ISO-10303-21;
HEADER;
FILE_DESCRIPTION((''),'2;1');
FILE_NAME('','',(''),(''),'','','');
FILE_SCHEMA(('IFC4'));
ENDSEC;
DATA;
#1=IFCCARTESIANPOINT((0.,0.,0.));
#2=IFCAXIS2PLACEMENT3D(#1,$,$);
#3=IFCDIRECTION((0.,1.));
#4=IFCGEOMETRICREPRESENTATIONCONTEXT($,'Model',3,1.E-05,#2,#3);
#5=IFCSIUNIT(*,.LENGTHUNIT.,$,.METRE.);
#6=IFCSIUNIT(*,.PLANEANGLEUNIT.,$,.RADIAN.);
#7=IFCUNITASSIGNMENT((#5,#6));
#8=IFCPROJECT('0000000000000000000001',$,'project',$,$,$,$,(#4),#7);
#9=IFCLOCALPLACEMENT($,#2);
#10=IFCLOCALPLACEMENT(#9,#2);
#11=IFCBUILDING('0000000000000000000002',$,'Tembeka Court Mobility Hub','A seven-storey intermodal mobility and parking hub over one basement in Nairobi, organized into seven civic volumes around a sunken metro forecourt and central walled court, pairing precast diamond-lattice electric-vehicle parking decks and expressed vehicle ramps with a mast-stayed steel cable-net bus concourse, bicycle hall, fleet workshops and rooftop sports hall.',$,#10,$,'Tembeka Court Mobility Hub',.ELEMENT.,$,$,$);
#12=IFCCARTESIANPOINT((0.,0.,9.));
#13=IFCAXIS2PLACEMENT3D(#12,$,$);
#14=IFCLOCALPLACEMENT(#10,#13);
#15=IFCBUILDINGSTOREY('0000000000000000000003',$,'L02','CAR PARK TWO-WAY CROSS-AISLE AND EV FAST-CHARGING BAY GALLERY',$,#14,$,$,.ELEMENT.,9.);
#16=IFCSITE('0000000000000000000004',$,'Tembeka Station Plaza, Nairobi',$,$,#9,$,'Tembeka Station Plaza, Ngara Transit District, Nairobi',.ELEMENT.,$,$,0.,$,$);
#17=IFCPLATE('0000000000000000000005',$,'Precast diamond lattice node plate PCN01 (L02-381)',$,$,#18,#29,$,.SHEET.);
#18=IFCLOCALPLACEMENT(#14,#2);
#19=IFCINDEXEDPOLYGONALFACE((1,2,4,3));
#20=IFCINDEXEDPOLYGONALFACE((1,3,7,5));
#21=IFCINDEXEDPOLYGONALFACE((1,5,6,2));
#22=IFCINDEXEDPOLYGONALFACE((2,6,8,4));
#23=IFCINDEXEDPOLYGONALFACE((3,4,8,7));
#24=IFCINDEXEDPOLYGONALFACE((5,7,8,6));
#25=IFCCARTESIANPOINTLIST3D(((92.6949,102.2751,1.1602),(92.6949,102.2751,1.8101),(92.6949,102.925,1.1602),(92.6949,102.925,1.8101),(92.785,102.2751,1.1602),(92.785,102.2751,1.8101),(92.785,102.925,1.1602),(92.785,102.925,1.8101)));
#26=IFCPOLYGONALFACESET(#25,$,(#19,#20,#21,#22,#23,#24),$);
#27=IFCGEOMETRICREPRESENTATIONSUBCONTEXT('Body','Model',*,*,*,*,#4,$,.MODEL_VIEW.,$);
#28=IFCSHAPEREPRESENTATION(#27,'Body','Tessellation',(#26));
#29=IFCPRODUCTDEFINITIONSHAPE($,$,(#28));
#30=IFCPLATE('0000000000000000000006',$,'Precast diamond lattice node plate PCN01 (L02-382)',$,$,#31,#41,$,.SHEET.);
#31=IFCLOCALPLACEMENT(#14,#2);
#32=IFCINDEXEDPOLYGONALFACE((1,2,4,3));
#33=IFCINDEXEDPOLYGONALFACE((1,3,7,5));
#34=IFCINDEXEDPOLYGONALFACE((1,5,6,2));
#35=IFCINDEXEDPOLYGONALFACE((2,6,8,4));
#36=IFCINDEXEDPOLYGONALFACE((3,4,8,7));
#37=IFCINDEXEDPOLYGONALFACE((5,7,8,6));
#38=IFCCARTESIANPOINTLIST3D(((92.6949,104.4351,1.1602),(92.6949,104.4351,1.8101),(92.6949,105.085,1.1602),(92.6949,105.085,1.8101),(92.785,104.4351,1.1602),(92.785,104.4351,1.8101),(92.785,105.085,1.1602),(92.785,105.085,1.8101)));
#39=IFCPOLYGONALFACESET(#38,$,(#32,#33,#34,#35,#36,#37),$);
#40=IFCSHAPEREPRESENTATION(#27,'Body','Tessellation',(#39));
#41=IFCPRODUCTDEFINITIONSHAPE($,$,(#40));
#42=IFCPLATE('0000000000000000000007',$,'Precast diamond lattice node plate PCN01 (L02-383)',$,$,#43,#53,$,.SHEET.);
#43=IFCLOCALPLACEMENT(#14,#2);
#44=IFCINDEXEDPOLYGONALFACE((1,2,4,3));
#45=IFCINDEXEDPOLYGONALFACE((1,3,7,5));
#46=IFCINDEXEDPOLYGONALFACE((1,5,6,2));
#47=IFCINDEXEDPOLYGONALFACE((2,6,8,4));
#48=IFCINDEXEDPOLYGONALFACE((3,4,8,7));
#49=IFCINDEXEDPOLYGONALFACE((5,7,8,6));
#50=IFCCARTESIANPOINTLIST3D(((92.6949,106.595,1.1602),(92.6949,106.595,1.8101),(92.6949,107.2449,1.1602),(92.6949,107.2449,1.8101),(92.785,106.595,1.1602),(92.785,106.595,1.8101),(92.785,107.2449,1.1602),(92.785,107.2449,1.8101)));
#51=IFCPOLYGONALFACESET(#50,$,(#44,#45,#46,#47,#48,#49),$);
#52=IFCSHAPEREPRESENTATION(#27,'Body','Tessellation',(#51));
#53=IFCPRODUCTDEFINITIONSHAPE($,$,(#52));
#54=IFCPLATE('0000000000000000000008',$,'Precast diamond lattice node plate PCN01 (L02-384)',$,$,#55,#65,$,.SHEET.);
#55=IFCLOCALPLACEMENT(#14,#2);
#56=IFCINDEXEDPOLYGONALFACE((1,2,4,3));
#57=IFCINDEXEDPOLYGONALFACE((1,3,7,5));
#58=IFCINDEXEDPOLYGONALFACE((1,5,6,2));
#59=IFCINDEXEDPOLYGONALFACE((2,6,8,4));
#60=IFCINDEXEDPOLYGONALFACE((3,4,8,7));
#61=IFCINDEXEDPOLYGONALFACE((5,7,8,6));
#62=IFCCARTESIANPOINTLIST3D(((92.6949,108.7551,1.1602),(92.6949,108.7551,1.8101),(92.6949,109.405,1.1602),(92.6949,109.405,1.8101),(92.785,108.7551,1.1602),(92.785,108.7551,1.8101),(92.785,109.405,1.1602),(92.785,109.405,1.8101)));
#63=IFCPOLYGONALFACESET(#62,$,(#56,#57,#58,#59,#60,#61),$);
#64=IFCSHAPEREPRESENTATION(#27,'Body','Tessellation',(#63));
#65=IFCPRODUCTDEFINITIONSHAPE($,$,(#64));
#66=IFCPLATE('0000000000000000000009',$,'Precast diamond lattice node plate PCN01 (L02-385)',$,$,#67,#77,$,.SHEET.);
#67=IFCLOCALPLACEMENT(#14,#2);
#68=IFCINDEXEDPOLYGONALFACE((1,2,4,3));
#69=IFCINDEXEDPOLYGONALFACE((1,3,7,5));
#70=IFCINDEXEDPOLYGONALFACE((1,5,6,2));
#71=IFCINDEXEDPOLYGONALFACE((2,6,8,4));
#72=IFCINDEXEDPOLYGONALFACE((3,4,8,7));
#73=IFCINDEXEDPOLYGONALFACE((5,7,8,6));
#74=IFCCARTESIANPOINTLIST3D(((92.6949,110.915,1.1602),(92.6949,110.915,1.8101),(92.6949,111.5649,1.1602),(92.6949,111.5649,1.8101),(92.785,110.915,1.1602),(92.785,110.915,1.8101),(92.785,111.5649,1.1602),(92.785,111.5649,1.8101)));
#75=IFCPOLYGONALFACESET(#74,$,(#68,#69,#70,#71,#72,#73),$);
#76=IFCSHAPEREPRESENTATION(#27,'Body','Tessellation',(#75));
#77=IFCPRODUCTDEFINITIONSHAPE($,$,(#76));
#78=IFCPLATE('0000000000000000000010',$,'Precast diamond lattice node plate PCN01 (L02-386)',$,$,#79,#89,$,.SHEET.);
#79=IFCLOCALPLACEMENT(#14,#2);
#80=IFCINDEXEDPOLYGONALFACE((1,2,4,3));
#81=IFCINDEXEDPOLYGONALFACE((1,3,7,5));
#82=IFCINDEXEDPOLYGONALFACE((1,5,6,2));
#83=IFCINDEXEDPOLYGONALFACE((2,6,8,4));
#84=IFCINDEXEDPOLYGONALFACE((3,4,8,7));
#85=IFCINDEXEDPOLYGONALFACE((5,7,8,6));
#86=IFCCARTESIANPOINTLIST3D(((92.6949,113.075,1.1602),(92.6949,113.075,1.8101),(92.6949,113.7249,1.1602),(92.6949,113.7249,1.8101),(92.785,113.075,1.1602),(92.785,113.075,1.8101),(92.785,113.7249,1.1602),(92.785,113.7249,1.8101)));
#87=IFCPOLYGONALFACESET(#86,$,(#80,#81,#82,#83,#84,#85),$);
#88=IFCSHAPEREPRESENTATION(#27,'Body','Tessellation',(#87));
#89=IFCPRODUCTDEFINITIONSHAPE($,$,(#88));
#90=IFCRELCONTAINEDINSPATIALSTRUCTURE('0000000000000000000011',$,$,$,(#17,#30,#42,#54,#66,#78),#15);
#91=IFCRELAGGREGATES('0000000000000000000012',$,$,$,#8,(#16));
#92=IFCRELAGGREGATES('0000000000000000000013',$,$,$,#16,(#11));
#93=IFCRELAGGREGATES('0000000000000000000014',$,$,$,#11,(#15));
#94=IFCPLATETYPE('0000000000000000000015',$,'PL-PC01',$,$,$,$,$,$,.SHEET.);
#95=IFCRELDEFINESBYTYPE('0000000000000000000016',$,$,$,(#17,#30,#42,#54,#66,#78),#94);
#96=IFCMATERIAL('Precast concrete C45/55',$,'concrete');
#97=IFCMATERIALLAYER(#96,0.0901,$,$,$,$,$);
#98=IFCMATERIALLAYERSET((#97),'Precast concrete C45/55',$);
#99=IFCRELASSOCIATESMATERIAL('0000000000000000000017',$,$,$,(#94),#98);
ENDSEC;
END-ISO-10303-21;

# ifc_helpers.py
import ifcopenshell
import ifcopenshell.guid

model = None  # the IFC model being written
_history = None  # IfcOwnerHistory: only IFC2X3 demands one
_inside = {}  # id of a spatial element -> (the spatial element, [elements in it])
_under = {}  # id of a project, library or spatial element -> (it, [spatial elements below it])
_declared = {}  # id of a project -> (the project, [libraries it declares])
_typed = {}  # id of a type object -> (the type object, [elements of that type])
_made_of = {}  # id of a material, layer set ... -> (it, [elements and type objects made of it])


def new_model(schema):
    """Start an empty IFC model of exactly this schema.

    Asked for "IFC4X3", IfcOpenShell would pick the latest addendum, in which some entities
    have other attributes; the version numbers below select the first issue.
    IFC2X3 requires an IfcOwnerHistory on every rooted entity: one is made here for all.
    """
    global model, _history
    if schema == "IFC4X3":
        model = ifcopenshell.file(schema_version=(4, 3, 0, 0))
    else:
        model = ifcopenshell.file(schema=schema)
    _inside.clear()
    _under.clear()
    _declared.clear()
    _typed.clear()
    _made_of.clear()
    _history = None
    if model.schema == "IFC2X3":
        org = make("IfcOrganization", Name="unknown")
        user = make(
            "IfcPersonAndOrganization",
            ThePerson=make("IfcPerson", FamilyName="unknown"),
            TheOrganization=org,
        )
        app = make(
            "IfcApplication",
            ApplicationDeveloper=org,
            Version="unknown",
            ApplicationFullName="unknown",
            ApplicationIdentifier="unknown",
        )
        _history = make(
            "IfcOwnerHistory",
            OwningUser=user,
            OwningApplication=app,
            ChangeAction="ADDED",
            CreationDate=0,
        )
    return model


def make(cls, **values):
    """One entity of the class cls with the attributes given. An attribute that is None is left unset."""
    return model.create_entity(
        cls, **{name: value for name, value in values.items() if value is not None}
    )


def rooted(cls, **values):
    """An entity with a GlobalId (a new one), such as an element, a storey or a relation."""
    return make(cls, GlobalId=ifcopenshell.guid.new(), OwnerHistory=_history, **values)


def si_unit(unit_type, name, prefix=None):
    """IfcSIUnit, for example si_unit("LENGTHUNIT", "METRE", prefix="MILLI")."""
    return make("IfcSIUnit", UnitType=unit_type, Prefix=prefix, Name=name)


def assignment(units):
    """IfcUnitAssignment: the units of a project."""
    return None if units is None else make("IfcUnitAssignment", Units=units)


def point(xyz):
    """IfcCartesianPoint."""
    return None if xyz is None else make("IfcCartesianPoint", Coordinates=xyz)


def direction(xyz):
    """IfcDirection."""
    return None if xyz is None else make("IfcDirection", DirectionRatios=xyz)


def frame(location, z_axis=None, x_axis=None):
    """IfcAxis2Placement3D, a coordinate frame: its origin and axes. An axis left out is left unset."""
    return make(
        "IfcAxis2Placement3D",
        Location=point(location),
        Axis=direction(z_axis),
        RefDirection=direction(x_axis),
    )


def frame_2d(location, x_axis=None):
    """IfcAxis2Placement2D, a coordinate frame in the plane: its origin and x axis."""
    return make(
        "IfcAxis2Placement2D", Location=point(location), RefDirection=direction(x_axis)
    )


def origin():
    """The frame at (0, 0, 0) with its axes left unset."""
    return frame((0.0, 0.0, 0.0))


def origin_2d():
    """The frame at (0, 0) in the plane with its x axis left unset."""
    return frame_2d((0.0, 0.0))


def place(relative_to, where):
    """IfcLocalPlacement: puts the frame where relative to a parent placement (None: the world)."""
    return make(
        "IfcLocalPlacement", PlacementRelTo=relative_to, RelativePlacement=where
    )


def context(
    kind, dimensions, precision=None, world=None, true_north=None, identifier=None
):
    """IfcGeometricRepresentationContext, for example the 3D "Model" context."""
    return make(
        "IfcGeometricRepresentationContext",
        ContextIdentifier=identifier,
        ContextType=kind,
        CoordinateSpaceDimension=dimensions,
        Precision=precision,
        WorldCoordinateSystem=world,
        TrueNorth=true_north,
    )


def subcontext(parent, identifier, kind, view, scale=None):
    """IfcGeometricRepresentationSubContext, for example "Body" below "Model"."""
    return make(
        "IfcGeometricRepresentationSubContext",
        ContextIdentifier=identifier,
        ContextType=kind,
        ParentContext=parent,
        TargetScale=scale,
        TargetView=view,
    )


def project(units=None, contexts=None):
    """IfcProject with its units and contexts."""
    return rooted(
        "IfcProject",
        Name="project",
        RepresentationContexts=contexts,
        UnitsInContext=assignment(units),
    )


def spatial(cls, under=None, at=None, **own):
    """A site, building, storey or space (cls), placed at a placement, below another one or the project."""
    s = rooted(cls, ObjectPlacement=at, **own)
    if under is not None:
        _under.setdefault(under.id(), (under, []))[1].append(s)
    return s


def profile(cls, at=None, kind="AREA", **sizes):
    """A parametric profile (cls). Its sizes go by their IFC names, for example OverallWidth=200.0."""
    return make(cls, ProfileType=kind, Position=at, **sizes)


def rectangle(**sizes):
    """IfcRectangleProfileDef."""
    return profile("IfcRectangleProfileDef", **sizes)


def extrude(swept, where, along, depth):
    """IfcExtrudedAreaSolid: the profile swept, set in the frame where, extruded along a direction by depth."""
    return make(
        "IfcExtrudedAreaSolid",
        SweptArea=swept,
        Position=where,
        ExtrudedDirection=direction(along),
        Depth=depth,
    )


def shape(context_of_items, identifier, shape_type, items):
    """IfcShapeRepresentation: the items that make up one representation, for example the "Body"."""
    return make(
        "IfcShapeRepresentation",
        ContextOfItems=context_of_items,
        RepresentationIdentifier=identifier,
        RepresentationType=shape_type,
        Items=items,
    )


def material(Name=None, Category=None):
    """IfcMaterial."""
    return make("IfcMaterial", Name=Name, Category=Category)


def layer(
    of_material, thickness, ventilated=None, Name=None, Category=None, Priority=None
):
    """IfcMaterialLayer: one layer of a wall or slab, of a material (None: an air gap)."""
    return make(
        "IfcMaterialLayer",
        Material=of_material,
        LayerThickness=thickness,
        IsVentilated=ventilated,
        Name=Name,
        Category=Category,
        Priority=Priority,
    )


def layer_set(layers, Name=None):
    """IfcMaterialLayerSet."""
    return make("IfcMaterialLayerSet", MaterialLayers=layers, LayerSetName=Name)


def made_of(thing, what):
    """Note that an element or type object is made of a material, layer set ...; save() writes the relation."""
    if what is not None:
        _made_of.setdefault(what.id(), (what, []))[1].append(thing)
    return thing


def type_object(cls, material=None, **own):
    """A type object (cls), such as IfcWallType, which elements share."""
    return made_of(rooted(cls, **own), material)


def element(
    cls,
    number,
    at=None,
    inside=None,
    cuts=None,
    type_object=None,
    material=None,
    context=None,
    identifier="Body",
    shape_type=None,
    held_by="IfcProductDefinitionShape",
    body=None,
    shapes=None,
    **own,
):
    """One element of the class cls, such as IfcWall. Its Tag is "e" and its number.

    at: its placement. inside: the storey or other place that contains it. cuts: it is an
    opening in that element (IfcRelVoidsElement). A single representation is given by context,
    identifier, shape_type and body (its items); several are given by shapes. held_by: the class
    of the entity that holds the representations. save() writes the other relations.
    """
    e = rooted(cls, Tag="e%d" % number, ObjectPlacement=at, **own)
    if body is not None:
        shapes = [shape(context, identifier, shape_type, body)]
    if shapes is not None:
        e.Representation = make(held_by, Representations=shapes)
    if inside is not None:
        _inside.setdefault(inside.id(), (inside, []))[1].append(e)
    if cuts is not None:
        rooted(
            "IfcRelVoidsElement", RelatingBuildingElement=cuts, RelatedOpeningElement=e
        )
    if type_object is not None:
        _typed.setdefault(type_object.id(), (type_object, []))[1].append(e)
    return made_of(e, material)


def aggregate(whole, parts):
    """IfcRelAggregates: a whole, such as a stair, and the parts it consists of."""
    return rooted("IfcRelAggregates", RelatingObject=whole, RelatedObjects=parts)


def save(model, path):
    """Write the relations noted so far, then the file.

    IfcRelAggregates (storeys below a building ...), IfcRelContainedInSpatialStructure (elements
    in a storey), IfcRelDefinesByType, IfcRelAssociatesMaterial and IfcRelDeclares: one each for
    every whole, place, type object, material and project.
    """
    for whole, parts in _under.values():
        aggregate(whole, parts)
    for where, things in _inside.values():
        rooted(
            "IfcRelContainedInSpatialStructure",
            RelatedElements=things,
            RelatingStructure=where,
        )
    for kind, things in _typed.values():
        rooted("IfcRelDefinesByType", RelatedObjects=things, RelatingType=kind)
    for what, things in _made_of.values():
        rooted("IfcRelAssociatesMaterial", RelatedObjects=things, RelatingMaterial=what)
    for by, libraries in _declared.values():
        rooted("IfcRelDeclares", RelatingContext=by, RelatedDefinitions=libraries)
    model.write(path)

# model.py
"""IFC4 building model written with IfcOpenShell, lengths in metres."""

from ifc_helpers import new_model, si_unit, direction, frame, origin, origin_2d, place, context, subcontext, project, spatial, rectangle, extrude, material, layer, layer_set, type_object, element, save


model = new_model("IFC4")

# Units and contexts
model_context = context("Model", 3, precision=1e-05, world=origin(), true_north=direction((0.0, 1.0)))
body_context = subcontext(model_context, "Body", "Model", "MODEL_VIEW")
ifc_project = project(units=[si_unit("LENGTHUNIT", "METRE"), si_unit("PLANEANGLEUNIT", "RADIAN")], contexts=[model_context])

# Site, building, storey
site_placement = place(None, origin())
site = spatial("IfcSite", under=ifc_project, at=site_placement, Name="Tembeka Station Plaza, Nairobi", LongName="Tembeka Station Plaza, Ngara Transit District, Nairobi", CompositionType="ELEMENT", RefElevation=0.0)
building_placement = place(site_placement, origin())
building = spatial("IfcBuilding", under=site, at=building_placement, Name="Tembeka Court Mobility Hub", Description="A seven-storey intermodal mobility and parking hub over one basement in Nairobi, organized into seven civic volumes around a sunken metro forecourt and central walled court, pairing precast diamond-lattice electric-vehicle parking decks and expressed vehicle ramps with a mast-stayed steel cable-net bus concourse, bicycle hall, fleet workshops and rooftop sports hall.", LongName="Tembeka Court Mobility Hub", CompositionType="ELEMENT")
storey_placement = place(building_placement, frame((0.0, 0.0, 9.0)))
storey = spatial("IfcBuildingStorey", under=building, at=storey_placement, Name="L02", Description="CAR PARK TWO-WAY CROSS-AISLE AND EV FAST-CHARGING BAY GALLERY", CompositionType="ELEMENT", Elevation=9.0)

# Shared definitions
ifc_material_1 = material(Name="Precast concrete C45/55", Category="concrete")

# Plates
ifc_layer = layer(ifc_material_1, 0.0901)
ifc_layer_set = layer_set([ifc_layer], Name="Precast concrete C45/55")
plate_type = type_object("IfcPlateType", Name="PL-PC01", PredefinedType="SHEET", material=ifc_layer_set)
for number, where, z_axis, x_axis, name in (
    (1, (92.74, 102.6001, 1.1602), (0.0, 0.0, 1.0), (1.0, 0.0, 0.0), "Precast diamond lattice node plate PCN01 (L02-381)"),
    (2, (92.74, 104.76, 1.1602), (0.0, 0.0, 1.0), (1.0, 0.0, 0.0), "Precast diamond lattice node plate PCN01 (L02-382)"),
    (3, (92.74, 106.9199, 1.1602), (0.0, 0.0, 1.0), (1.0, 0.0, 0.0), "Precast diamond lattice node plate PCN01 (L02-383)"),
    (4, (92.74, 109.0801, 1.1602), (0.0, 0.0, 1.0), (1.0, 0.0, 0.0), "Precast diamond lattice node plate PCN01 (L02-384)"),
    (5, (92.74, 111.24, 1.1602), (0.0, 0.0, 1.0), (1.0, 0.0, 0.0), "Precast diamond lattice node plate PCN01 (L02-385)"),
    (6, (92.74, 113.3999, 1.1602), (0.0, 0.0, 1.0), (1.0, 0.0, 0.0), "Precast diamond lattice node plate PCN01 (L02-386)"),
):
    element("IfcPlate", number, at=place(storey_placement, frame(where, z_axis=z_axis, x_axis=x_axis)), inside=storey, type_object=plate_type, Name=name, PredefinedType="SHEET", context=body_context, shape_type="SweptSolid", body=[
        extrude(rectangle(XDim=0.0901, YDim=0.6499, at=origin_2d()), origin(), (0.0, 0.0, 1.0), 0.6499),
    ])

save(model, "model.ifc")
